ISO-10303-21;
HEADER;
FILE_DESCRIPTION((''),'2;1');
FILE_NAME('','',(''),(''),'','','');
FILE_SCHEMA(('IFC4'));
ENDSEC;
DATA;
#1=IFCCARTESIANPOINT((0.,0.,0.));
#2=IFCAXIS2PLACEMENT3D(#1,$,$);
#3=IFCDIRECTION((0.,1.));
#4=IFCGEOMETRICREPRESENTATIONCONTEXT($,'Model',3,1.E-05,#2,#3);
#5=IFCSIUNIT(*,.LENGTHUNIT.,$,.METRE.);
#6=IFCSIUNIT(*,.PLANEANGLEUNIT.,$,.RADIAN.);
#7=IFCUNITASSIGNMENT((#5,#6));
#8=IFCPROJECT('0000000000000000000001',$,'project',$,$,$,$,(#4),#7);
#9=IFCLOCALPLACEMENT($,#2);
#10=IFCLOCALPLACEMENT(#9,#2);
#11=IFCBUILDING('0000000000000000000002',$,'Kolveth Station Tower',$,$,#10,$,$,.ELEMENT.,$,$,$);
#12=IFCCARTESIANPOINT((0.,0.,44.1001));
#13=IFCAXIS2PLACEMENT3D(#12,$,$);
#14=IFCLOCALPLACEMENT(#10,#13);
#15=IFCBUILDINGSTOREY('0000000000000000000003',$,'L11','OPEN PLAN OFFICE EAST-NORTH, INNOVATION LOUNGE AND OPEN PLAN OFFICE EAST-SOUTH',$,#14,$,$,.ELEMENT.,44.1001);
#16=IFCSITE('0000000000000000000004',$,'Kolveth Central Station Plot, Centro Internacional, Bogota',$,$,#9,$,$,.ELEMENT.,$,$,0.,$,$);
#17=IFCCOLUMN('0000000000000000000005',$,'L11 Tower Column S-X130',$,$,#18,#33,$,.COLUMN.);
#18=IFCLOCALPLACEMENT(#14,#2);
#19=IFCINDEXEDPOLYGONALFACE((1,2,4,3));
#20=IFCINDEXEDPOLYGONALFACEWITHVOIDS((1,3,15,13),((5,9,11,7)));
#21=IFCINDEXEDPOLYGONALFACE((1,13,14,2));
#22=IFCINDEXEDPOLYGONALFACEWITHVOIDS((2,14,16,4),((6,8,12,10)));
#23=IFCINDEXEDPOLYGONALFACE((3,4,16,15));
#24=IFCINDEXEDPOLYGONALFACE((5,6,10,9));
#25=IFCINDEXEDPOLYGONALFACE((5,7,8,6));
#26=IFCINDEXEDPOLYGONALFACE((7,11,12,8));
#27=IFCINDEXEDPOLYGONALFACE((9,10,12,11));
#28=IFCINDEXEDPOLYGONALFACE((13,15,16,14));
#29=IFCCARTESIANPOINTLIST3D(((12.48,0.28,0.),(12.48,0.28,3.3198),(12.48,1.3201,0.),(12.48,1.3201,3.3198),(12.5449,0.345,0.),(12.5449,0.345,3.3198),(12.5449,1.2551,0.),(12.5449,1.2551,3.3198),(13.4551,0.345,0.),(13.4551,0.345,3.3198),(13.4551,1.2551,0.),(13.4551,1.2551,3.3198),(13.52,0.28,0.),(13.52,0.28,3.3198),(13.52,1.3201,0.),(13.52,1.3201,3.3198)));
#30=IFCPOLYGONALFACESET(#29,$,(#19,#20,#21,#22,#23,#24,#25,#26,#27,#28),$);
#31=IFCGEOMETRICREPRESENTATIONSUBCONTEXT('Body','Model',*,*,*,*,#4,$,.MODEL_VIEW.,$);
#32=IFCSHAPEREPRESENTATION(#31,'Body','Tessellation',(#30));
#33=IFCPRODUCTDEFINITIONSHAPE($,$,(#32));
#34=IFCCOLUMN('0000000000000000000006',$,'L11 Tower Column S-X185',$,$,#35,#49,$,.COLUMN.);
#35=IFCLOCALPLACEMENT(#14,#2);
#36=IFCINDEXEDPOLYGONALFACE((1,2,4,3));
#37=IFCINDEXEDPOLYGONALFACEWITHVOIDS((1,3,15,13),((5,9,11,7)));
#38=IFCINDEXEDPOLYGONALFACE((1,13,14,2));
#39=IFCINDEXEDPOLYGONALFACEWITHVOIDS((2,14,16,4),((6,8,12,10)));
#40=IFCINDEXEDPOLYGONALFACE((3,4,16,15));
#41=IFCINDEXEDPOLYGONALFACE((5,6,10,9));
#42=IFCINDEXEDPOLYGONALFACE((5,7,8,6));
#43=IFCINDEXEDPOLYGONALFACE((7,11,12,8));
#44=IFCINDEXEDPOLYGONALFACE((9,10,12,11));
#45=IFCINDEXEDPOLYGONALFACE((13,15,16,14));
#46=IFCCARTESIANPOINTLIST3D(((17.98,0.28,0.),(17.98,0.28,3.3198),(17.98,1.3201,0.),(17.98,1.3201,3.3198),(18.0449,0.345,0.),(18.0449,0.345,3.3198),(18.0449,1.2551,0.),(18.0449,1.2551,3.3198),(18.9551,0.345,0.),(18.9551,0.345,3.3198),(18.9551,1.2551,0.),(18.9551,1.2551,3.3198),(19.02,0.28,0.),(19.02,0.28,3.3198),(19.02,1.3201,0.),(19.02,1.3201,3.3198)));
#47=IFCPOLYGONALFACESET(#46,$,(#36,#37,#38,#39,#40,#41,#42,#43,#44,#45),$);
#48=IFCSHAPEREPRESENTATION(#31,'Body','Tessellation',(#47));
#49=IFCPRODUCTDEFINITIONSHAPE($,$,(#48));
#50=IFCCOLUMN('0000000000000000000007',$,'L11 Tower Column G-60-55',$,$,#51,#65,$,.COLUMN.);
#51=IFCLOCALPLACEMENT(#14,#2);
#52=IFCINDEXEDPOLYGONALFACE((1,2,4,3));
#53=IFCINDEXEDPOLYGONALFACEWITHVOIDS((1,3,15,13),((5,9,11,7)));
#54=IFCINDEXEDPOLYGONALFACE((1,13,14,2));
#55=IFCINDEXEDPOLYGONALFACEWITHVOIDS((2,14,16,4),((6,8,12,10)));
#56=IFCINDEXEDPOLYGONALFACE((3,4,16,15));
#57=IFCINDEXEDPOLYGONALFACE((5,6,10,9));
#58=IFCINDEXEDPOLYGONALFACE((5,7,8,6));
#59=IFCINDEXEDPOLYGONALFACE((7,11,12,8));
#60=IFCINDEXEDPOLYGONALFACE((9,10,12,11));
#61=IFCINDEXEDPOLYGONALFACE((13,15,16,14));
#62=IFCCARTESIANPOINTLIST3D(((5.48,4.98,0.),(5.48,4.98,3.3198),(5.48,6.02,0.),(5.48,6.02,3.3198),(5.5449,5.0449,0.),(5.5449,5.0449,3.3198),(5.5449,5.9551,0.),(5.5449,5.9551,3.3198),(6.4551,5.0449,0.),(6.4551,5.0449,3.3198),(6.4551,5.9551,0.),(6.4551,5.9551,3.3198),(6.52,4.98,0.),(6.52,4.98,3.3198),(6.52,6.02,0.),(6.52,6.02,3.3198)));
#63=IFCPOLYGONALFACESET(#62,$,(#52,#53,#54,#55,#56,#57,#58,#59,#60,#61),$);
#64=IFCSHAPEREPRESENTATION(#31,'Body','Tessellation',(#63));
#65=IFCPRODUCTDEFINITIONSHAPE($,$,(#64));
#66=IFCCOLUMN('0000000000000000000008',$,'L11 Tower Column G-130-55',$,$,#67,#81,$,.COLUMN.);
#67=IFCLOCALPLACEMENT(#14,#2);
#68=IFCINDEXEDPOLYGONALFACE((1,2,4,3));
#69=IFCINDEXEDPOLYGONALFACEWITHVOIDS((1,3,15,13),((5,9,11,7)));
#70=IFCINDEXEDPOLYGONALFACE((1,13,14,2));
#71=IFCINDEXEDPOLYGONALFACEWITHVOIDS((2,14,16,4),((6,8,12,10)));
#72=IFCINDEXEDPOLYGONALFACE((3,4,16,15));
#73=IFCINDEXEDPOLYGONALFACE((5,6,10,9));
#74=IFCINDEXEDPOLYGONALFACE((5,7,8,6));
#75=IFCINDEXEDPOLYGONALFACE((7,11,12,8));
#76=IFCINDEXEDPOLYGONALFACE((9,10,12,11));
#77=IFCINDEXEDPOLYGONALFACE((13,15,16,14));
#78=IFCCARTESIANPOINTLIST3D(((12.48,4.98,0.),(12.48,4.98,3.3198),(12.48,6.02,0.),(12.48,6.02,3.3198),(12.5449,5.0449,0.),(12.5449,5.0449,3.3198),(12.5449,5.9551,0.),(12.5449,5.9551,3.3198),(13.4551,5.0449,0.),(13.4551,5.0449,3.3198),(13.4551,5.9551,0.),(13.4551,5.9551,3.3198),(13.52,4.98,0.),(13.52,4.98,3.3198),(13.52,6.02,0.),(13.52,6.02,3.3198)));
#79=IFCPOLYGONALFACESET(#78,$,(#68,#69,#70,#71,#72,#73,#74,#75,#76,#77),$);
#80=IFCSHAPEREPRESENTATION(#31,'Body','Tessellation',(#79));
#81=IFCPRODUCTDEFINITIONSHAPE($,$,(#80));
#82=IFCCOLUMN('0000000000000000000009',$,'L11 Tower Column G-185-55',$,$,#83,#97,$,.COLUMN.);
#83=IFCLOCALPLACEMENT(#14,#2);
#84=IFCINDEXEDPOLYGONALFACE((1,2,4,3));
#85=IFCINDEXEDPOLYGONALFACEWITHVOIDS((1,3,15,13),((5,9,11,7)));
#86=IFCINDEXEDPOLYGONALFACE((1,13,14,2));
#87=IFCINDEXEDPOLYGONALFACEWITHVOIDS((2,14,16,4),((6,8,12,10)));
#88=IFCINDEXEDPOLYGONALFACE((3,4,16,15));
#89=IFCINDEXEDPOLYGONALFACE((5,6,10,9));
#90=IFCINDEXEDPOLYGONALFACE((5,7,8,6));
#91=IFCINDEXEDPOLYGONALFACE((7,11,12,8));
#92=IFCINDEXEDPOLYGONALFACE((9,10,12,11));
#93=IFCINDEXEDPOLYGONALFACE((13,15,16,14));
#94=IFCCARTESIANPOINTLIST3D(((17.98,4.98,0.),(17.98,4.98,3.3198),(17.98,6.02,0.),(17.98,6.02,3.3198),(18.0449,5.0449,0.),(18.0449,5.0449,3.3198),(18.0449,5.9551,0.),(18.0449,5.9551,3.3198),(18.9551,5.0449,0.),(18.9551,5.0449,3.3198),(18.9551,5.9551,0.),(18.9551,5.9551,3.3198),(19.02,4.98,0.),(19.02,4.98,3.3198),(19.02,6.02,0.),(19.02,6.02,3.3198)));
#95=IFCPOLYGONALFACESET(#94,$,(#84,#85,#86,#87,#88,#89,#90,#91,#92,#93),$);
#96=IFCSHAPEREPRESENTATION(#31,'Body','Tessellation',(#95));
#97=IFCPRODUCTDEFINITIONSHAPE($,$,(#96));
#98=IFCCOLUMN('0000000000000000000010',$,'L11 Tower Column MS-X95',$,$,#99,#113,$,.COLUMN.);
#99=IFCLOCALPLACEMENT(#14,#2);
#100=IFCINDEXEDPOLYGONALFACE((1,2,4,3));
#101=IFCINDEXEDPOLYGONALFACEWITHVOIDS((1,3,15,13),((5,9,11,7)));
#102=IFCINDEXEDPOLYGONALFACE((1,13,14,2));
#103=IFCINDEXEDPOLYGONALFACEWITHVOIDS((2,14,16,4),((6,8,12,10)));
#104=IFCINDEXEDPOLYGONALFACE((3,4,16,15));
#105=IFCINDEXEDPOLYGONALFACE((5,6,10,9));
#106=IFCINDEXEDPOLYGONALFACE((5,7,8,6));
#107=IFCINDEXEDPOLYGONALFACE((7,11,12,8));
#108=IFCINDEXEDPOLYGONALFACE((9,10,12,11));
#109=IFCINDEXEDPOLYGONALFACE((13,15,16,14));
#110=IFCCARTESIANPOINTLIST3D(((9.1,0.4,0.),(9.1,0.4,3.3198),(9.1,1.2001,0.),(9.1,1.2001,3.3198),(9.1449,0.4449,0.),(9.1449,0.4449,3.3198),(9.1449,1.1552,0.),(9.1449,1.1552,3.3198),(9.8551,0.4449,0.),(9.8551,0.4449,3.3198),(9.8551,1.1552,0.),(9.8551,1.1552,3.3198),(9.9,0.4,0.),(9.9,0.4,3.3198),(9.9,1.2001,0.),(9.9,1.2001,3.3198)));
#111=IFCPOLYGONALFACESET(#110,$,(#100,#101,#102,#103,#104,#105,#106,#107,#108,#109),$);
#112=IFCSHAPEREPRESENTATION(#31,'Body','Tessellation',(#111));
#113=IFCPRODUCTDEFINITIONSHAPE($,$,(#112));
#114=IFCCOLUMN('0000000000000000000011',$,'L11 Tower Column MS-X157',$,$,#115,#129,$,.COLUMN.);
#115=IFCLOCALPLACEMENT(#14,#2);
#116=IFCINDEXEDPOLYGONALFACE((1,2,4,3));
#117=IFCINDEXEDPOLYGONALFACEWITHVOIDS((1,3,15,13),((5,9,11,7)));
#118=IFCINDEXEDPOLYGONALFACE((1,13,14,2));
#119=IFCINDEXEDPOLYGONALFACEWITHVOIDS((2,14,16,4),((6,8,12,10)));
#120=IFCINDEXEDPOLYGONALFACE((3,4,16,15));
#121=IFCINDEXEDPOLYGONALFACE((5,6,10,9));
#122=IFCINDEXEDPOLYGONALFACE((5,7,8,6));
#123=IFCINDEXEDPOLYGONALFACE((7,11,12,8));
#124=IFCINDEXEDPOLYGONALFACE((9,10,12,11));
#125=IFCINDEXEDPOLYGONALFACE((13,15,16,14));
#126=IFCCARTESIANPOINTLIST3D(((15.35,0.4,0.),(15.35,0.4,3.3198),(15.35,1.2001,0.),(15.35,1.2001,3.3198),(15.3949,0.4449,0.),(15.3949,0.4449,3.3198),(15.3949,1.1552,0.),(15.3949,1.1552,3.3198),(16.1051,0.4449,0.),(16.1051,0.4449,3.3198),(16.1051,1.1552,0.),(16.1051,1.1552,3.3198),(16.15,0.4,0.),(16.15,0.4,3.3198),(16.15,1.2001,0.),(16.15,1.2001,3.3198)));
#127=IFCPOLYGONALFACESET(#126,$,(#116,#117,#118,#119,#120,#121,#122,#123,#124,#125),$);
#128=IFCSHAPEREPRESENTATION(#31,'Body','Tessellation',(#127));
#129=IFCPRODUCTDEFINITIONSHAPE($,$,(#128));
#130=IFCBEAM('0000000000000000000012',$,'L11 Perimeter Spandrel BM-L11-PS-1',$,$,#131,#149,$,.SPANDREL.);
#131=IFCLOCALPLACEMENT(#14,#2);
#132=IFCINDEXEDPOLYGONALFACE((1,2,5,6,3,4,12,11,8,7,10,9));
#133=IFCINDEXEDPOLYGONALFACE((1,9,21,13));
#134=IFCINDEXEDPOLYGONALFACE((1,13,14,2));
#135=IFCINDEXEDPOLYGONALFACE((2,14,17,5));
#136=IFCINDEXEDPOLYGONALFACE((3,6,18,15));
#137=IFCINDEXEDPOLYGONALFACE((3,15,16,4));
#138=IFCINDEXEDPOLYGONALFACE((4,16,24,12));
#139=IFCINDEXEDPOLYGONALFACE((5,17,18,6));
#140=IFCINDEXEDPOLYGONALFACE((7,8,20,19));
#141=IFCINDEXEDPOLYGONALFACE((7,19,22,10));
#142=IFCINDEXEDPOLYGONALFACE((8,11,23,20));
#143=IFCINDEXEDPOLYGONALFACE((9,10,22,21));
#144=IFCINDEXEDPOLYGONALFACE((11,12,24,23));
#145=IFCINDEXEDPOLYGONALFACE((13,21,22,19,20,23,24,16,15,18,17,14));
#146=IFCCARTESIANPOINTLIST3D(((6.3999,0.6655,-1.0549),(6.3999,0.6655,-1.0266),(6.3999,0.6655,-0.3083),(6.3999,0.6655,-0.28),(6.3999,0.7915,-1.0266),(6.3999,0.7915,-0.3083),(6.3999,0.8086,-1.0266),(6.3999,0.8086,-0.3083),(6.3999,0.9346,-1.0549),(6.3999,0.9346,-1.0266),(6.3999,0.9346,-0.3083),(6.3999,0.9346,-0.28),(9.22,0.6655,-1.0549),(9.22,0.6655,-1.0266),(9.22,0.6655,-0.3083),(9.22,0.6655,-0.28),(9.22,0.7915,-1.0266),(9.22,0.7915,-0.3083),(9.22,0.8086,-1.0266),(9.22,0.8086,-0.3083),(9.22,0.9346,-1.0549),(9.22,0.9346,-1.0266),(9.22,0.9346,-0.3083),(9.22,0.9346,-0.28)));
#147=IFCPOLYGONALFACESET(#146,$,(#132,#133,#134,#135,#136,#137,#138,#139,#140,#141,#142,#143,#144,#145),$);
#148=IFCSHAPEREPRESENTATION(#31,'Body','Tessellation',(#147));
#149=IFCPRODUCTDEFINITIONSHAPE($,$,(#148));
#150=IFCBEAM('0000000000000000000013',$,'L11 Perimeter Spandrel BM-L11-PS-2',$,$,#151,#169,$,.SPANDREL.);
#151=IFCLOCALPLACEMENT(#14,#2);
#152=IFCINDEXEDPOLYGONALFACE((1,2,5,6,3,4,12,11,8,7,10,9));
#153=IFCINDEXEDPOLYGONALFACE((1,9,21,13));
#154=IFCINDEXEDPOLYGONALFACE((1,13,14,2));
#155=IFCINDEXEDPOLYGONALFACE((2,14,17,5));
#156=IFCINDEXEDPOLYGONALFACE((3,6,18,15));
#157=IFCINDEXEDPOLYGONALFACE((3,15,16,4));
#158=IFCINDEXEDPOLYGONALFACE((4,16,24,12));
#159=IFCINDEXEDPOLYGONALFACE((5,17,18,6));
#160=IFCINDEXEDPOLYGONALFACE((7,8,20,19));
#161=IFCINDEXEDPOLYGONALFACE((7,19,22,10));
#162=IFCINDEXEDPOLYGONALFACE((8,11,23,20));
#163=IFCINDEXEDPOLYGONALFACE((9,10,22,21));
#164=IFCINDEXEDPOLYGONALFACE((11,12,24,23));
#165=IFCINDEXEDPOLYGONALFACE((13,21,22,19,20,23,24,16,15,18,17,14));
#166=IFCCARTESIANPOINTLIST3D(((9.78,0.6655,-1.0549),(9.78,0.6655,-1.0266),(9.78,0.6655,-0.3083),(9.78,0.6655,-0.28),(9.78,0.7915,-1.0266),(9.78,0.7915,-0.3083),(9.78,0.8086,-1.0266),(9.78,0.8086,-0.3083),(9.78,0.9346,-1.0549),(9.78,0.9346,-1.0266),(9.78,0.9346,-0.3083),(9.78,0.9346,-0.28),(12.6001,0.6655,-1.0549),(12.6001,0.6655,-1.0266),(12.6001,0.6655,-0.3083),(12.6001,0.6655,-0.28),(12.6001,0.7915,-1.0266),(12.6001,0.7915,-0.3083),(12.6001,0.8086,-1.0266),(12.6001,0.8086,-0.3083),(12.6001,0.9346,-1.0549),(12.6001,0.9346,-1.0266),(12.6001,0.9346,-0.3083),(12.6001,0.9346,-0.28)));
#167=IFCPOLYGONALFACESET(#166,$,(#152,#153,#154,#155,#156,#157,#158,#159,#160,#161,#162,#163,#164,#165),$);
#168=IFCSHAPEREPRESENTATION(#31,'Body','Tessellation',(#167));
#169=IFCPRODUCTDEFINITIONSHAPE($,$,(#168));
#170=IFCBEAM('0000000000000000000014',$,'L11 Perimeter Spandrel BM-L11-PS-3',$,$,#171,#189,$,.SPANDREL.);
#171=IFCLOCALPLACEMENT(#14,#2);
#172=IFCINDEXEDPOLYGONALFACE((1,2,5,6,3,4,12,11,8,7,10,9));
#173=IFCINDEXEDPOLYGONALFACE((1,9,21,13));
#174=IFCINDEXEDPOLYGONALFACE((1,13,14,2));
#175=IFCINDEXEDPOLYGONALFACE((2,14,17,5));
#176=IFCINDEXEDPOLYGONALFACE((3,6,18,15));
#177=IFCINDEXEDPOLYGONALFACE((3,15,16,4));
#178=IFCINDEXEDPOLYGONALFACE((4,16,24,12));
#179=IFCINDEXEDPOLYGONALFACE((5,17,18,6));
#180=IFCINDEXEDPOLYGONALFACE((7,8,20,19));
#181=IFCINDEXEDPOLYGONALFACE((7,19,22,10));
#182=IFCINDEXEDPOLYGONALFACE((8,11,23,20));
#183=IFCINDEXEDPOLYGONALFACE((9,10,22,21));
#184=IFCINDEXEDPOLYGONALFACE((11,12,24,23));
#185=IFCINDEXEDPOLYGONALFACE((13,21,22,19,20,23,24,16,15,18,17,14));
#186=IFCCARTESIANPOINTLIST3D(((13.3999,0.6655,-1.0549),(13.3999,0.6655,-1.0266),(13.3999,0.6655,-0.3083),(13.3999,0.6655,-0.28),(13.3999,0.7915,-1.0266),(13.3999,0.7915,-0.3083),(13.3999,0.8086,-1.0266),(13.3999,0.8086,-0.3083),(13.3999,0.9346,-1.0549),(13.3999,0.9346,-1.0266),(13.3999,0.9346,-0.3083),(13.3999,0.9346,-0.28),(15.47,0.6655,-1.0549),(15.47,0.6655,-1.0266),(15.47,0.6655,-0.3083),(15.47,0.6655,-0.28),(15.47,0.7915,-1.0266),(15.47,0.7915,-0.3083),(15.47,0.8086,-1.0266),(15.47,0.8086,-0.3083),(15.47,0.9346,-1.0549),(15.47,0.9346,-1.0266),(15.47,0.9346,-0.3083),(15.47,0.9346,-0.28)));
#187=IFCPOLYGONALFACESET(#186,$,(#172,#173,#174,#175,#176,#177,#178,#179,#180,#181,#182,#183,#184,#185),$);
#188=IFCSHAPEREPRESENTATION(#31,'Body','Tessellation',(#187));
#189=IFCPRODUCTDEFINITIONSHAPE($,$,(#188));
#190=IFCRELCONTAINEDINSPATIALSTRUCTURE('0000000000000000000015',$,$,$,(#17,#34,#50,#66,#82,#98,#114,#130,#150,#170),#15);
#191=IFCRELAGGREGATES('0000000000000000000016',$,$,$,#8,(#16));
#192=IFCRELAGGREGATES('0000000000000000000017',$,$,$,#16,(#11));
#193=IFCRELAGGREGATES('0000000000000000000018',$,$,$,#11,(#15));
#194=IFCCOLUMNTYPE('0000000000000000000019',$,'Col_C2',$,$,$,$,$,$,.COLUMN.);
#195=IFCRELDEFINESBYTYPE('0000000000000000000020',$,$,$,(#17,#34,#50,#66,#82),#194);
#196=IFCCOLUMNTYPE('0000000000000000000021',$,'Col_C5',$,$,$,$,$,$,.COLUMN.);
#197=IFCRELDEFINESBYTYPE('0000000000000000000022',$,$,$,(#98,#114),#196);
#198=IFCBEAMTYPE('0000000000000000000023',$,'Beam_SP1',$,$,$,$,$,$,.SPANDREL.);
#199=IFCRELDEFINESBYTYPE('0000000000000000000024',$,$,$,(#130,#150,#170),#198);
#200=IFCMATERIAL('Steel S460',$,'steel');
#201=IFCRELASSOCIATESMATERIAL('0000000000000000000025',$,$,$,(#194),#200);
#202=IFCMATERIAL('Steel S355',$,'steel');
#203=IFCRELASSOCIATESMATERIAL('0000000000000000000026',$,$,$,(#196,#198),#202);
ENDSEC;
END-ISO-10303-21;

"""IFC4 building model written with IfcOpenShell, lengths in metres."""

from ifc_helpers import new_model, si_unit, direction, frame, origin, origin_2d, place, context, subcontext, project, spatial, hollow_rectangle, i_section, extrude, source, transform, mapped, material, material_profile, profile_set, type_object, element, save


model = new_model("IFC4")

# Units and contexts
model_context = context("Model", 3, precision=1e-05, world=origin(), true_north=direction((0.0, 1.0)))
body_context = subcontext(model_context, "Body", "Model", "MODEL_VIEW")
ifc_project = project(units=[si_unit("LENGTHUNIT", "METRE"), si_unit("PLANEANGLEUNIT", "RADIAN")], contexts=[model_context])

# Site, building, storey
site_placement = place(None, origin())
site = spatial("IfcSite", under=ifc_project, at=site_placement, Name="Kolveth Central Station Plot, Centro Internacional, Bogota", CompositionType="ELEMENT", RefElevation=0.0)
building_placement = place(site_placement, origin())
building = spatial("IfcBuilding", under=site, at=building_placement, Name="Kolveth Station Tower", CompositionType="ELEMENT")
storey_placement = place(building_placement, frame((0.0, 0.0, 44.1001)))
storey = spatial("IfcBuildingStorey", under=building, at=storey_placement, Name="L11", Description="OPEN PLAN OFFICE EAST-NORTH, INNOVATION LOUNGE AND OPEN PLAN OFFICE EAST-SOUTH", CompositionType="ELEMENT", Elevation=44.1001)

# Columns
ifc_material_1 = material(Name="Steel S460", Category="steel")
ifc_material_profile_1 = material_profile(ifc_material_1, hollow_rectangle(XDim=1.04, YDim=1.04, WallThickness=0.0649, at=origin_2d()), Name="BOX1040x1040x65")
ifc_profile_set_1 = profile_set([ifc_material_profile_1], Name="Steel S460")
column_type_1 = type_object("IfcColumnType", Name="Col_C2", PredefinedType="COLUMN", material=ifc_profile_set_1)
shared_shape_1 = source(origin(), body_context, "Body", "SweptSolid", [
    extrude(hollow_rectangle(XDim=1.04, YDim=1.04, WallThickness=0.0649, at=origin_2d()), origin(), (0.0, 0.0, 1.0), 3.3198),
])
for number, where, z_axis, x_axis, name in (
    (1, (13.0, 0.8, 0.0), (0.0, 0.0, 1.0), (1.0, 0.0, 0.0), "L11 Tower Column S-X130"),
    (2, (18.5, 0.8, 0.0), (0.0, 0.0, 1.0), (1.0, 0.0, 0.0), "L11 Tower Column S-X185"),
    (3, (6.0, 5.5, 0.0), (0.0, 0.0, 1.0), (1.0, 0.0, 0.0), "L11 Tower Column G-60-55"),
    (4, (13.0, 5.5, 0.0), (0.0, 0.0, 1.0), (1.0, 0.0, 0.0), "L11 Tower Column G-130-55"),
    (5, (18.5, 5.5, 0.0), (0.0, 0.0, 1.0), (1.0, 0.0, 0.0), "L11 Tower Column G-185-55"),
):
    element("IfcColumn", number, at=place(storey_placement, frame(where, z_axis=z_axis, x_axis=x_axis)), inside=storey, type_object=column_type_1, Name=name, PredefinedType="COLUMN", context=body_context, shape_type="MappedRepresentation", body=[
        mapped(shared_shape_1, transform((0.0, 0.0, 0.0), x_axis=(1.0, 0.0, 0.0), y_axis=(0.0, 1.0, 0.0), z_axis=(0.0, 0.0, 1.0), scale=1.0)),
    ])
ifc_material_2 = material(Name="Steel S355", Category="steel")
ifc_material_profile_2 = material_profile(ifc_material_2, hollow_rectangle(XDim=0.8, YDim=0.8, WallThickness=0.0449, at=origin_2d()), Name="BOX800x800x45")
ifc_profile_set_2 = profile_set([ifc_material_profile_2], Name="Steel S355")
column_type_2 = type_object("IfcColumnType", Name="Col_C5", PredefinedType="COLUMN", material=ifc_profile_set_2)
shared_shape_2 = source(origin(), body_context, "Body", "SweptSolid", [
    extrude(hollow_rectangle(XDim=0.8, YDim=0.8, WallThickness=0.0449, at=origin_2d()), origin(), (0.0, 0.0, 1.0), 3.3198),
])
for number, where, z_axis, x_axis, name in (
    (6, (9.5, 0.8, 0.0), (0.0, 0.0, 1.0), (1.0, 0.0, 0.0), "L11 Tower Column MS-X95"),
    (7, (15.75, 0.8, 0.0), (0.0, 0.0, 1.0), (1.0, 0.0, 0.0), "L11 Tower Column MS-X157"),
):
    element("IfcColumn", number, at=place(storey_placement, frame(where, z_axis=z_axis, x_axis=x_axis)), inside=storey, type_object=column_type_2, Name=name, PredefinedType="COLUMN", context=body_context, shape_type="MappedRepresentation", body=[
        mapped(shared_shape_2, transform((0.0, 0.0, 0.0), x_axis=(1.0, 0.0, 0.0), y_axis=(0.0, 1.0, 0.0), z_axis=(0.0, 0.0, 1.0), scale=1.0)),
    ])

# Beams
ifc_material_profile_3 = material_profile(ifc_material_2, i_section(OverallWidth=0.269, OverallDepth=0.7749, WebThickness=0.0171, FlangeThickness=0.0283, at=origin_2d()), Name="W760x220")
ifc_profile_set_3 = profile_set([ifc_material_profile_3], Name="Steel S355")
beam_type_1 = type_object("IfcBeamType", Name="Beam_SP1", PredefinedType="SPANDREL", material=ifc_profile_set_3)
shared_shape_3 = source(origin(), body_context, "Body", "SweptSolid", [
    extrude(i_section(OverallWidth=0.269, OverallDepth=0.7749, WebThickness=0.0171, FlangeThickness=0.0283, at=origin_2d()), origin(), (0.0, 0.0, 1.0), 2.8201),
])
for number, where, z_axis, x_axis, name in (
    (8, (6.3999, 0.8, -0.6675), (1.0, 0.0, 0.0), (0.0, 1.0, 0.0), "L11 Perimeter Spandrel BM-L11-PS-1"),
    (9, (9.78, 0.8, -0.6675), (1.0, 0.0, 0.0), (0.0, 1.0, 0.0), "L11 Perimeter Spandrel BM-L11-PS-2"),
):
    element("IfcBeam", number, at=place(storey_placement, frame(where, z_axis=z_axis, x_axis=x_axis)), inside=storey, type_object=beam_type_1, Name=name, PredefinedType="SPANDREL", context=body_context, shape_type="MappedRepresentation", body=[
        mapped(shared_shape_3, transform((0.0, 0.0, 0.0), x_axis=(1.0, 0.0, 0.0), y_axis=(0.0, 1.0, 0.0), z_axis=(0.0, 0.0, 1.0), scale=1.0)),
    ])
shared_shape_4 = source(origin(), body_context, "Body", "SweptSolid", [
    extrude(i_section(OverallWidth=0.269, OverallDepth=0.7749, WebThickness=0.0171, FlangeThickness=0.0283, at=origin_2d()), origin(), (0.0, 0.0, 1.0), 2.0701),
])
for number, where, z_axis, x_axis, name in (
    (10, (13.3999, 0.8, -0.6675), (1.0, 0.0, 0.0), (0.0, 1.0, 0.0), "L11 Perimeter Spandrel BM-L11-PS-3"),
):
    element("IfcBeam", number, at=place(storey_placement, frame(where, z_axis=z_axis, x_axis=x_axis)), inside=storey, type_object=beam_type_1, Name=name, PredefinedType="SPANDREL", context=body_context, shape_type="MappedRepresentation", body=[
        mapped(shared_shape_4, transform((0.0, 0.0, 0.0), x_axis=(1.0, 0.0, 0.0), y_axis=(0.0, 1.0, 0.0), z_axis=(0.0, 0.0, 1.0), scale=1.0)),
    ])

save(model, "model.ifc")
